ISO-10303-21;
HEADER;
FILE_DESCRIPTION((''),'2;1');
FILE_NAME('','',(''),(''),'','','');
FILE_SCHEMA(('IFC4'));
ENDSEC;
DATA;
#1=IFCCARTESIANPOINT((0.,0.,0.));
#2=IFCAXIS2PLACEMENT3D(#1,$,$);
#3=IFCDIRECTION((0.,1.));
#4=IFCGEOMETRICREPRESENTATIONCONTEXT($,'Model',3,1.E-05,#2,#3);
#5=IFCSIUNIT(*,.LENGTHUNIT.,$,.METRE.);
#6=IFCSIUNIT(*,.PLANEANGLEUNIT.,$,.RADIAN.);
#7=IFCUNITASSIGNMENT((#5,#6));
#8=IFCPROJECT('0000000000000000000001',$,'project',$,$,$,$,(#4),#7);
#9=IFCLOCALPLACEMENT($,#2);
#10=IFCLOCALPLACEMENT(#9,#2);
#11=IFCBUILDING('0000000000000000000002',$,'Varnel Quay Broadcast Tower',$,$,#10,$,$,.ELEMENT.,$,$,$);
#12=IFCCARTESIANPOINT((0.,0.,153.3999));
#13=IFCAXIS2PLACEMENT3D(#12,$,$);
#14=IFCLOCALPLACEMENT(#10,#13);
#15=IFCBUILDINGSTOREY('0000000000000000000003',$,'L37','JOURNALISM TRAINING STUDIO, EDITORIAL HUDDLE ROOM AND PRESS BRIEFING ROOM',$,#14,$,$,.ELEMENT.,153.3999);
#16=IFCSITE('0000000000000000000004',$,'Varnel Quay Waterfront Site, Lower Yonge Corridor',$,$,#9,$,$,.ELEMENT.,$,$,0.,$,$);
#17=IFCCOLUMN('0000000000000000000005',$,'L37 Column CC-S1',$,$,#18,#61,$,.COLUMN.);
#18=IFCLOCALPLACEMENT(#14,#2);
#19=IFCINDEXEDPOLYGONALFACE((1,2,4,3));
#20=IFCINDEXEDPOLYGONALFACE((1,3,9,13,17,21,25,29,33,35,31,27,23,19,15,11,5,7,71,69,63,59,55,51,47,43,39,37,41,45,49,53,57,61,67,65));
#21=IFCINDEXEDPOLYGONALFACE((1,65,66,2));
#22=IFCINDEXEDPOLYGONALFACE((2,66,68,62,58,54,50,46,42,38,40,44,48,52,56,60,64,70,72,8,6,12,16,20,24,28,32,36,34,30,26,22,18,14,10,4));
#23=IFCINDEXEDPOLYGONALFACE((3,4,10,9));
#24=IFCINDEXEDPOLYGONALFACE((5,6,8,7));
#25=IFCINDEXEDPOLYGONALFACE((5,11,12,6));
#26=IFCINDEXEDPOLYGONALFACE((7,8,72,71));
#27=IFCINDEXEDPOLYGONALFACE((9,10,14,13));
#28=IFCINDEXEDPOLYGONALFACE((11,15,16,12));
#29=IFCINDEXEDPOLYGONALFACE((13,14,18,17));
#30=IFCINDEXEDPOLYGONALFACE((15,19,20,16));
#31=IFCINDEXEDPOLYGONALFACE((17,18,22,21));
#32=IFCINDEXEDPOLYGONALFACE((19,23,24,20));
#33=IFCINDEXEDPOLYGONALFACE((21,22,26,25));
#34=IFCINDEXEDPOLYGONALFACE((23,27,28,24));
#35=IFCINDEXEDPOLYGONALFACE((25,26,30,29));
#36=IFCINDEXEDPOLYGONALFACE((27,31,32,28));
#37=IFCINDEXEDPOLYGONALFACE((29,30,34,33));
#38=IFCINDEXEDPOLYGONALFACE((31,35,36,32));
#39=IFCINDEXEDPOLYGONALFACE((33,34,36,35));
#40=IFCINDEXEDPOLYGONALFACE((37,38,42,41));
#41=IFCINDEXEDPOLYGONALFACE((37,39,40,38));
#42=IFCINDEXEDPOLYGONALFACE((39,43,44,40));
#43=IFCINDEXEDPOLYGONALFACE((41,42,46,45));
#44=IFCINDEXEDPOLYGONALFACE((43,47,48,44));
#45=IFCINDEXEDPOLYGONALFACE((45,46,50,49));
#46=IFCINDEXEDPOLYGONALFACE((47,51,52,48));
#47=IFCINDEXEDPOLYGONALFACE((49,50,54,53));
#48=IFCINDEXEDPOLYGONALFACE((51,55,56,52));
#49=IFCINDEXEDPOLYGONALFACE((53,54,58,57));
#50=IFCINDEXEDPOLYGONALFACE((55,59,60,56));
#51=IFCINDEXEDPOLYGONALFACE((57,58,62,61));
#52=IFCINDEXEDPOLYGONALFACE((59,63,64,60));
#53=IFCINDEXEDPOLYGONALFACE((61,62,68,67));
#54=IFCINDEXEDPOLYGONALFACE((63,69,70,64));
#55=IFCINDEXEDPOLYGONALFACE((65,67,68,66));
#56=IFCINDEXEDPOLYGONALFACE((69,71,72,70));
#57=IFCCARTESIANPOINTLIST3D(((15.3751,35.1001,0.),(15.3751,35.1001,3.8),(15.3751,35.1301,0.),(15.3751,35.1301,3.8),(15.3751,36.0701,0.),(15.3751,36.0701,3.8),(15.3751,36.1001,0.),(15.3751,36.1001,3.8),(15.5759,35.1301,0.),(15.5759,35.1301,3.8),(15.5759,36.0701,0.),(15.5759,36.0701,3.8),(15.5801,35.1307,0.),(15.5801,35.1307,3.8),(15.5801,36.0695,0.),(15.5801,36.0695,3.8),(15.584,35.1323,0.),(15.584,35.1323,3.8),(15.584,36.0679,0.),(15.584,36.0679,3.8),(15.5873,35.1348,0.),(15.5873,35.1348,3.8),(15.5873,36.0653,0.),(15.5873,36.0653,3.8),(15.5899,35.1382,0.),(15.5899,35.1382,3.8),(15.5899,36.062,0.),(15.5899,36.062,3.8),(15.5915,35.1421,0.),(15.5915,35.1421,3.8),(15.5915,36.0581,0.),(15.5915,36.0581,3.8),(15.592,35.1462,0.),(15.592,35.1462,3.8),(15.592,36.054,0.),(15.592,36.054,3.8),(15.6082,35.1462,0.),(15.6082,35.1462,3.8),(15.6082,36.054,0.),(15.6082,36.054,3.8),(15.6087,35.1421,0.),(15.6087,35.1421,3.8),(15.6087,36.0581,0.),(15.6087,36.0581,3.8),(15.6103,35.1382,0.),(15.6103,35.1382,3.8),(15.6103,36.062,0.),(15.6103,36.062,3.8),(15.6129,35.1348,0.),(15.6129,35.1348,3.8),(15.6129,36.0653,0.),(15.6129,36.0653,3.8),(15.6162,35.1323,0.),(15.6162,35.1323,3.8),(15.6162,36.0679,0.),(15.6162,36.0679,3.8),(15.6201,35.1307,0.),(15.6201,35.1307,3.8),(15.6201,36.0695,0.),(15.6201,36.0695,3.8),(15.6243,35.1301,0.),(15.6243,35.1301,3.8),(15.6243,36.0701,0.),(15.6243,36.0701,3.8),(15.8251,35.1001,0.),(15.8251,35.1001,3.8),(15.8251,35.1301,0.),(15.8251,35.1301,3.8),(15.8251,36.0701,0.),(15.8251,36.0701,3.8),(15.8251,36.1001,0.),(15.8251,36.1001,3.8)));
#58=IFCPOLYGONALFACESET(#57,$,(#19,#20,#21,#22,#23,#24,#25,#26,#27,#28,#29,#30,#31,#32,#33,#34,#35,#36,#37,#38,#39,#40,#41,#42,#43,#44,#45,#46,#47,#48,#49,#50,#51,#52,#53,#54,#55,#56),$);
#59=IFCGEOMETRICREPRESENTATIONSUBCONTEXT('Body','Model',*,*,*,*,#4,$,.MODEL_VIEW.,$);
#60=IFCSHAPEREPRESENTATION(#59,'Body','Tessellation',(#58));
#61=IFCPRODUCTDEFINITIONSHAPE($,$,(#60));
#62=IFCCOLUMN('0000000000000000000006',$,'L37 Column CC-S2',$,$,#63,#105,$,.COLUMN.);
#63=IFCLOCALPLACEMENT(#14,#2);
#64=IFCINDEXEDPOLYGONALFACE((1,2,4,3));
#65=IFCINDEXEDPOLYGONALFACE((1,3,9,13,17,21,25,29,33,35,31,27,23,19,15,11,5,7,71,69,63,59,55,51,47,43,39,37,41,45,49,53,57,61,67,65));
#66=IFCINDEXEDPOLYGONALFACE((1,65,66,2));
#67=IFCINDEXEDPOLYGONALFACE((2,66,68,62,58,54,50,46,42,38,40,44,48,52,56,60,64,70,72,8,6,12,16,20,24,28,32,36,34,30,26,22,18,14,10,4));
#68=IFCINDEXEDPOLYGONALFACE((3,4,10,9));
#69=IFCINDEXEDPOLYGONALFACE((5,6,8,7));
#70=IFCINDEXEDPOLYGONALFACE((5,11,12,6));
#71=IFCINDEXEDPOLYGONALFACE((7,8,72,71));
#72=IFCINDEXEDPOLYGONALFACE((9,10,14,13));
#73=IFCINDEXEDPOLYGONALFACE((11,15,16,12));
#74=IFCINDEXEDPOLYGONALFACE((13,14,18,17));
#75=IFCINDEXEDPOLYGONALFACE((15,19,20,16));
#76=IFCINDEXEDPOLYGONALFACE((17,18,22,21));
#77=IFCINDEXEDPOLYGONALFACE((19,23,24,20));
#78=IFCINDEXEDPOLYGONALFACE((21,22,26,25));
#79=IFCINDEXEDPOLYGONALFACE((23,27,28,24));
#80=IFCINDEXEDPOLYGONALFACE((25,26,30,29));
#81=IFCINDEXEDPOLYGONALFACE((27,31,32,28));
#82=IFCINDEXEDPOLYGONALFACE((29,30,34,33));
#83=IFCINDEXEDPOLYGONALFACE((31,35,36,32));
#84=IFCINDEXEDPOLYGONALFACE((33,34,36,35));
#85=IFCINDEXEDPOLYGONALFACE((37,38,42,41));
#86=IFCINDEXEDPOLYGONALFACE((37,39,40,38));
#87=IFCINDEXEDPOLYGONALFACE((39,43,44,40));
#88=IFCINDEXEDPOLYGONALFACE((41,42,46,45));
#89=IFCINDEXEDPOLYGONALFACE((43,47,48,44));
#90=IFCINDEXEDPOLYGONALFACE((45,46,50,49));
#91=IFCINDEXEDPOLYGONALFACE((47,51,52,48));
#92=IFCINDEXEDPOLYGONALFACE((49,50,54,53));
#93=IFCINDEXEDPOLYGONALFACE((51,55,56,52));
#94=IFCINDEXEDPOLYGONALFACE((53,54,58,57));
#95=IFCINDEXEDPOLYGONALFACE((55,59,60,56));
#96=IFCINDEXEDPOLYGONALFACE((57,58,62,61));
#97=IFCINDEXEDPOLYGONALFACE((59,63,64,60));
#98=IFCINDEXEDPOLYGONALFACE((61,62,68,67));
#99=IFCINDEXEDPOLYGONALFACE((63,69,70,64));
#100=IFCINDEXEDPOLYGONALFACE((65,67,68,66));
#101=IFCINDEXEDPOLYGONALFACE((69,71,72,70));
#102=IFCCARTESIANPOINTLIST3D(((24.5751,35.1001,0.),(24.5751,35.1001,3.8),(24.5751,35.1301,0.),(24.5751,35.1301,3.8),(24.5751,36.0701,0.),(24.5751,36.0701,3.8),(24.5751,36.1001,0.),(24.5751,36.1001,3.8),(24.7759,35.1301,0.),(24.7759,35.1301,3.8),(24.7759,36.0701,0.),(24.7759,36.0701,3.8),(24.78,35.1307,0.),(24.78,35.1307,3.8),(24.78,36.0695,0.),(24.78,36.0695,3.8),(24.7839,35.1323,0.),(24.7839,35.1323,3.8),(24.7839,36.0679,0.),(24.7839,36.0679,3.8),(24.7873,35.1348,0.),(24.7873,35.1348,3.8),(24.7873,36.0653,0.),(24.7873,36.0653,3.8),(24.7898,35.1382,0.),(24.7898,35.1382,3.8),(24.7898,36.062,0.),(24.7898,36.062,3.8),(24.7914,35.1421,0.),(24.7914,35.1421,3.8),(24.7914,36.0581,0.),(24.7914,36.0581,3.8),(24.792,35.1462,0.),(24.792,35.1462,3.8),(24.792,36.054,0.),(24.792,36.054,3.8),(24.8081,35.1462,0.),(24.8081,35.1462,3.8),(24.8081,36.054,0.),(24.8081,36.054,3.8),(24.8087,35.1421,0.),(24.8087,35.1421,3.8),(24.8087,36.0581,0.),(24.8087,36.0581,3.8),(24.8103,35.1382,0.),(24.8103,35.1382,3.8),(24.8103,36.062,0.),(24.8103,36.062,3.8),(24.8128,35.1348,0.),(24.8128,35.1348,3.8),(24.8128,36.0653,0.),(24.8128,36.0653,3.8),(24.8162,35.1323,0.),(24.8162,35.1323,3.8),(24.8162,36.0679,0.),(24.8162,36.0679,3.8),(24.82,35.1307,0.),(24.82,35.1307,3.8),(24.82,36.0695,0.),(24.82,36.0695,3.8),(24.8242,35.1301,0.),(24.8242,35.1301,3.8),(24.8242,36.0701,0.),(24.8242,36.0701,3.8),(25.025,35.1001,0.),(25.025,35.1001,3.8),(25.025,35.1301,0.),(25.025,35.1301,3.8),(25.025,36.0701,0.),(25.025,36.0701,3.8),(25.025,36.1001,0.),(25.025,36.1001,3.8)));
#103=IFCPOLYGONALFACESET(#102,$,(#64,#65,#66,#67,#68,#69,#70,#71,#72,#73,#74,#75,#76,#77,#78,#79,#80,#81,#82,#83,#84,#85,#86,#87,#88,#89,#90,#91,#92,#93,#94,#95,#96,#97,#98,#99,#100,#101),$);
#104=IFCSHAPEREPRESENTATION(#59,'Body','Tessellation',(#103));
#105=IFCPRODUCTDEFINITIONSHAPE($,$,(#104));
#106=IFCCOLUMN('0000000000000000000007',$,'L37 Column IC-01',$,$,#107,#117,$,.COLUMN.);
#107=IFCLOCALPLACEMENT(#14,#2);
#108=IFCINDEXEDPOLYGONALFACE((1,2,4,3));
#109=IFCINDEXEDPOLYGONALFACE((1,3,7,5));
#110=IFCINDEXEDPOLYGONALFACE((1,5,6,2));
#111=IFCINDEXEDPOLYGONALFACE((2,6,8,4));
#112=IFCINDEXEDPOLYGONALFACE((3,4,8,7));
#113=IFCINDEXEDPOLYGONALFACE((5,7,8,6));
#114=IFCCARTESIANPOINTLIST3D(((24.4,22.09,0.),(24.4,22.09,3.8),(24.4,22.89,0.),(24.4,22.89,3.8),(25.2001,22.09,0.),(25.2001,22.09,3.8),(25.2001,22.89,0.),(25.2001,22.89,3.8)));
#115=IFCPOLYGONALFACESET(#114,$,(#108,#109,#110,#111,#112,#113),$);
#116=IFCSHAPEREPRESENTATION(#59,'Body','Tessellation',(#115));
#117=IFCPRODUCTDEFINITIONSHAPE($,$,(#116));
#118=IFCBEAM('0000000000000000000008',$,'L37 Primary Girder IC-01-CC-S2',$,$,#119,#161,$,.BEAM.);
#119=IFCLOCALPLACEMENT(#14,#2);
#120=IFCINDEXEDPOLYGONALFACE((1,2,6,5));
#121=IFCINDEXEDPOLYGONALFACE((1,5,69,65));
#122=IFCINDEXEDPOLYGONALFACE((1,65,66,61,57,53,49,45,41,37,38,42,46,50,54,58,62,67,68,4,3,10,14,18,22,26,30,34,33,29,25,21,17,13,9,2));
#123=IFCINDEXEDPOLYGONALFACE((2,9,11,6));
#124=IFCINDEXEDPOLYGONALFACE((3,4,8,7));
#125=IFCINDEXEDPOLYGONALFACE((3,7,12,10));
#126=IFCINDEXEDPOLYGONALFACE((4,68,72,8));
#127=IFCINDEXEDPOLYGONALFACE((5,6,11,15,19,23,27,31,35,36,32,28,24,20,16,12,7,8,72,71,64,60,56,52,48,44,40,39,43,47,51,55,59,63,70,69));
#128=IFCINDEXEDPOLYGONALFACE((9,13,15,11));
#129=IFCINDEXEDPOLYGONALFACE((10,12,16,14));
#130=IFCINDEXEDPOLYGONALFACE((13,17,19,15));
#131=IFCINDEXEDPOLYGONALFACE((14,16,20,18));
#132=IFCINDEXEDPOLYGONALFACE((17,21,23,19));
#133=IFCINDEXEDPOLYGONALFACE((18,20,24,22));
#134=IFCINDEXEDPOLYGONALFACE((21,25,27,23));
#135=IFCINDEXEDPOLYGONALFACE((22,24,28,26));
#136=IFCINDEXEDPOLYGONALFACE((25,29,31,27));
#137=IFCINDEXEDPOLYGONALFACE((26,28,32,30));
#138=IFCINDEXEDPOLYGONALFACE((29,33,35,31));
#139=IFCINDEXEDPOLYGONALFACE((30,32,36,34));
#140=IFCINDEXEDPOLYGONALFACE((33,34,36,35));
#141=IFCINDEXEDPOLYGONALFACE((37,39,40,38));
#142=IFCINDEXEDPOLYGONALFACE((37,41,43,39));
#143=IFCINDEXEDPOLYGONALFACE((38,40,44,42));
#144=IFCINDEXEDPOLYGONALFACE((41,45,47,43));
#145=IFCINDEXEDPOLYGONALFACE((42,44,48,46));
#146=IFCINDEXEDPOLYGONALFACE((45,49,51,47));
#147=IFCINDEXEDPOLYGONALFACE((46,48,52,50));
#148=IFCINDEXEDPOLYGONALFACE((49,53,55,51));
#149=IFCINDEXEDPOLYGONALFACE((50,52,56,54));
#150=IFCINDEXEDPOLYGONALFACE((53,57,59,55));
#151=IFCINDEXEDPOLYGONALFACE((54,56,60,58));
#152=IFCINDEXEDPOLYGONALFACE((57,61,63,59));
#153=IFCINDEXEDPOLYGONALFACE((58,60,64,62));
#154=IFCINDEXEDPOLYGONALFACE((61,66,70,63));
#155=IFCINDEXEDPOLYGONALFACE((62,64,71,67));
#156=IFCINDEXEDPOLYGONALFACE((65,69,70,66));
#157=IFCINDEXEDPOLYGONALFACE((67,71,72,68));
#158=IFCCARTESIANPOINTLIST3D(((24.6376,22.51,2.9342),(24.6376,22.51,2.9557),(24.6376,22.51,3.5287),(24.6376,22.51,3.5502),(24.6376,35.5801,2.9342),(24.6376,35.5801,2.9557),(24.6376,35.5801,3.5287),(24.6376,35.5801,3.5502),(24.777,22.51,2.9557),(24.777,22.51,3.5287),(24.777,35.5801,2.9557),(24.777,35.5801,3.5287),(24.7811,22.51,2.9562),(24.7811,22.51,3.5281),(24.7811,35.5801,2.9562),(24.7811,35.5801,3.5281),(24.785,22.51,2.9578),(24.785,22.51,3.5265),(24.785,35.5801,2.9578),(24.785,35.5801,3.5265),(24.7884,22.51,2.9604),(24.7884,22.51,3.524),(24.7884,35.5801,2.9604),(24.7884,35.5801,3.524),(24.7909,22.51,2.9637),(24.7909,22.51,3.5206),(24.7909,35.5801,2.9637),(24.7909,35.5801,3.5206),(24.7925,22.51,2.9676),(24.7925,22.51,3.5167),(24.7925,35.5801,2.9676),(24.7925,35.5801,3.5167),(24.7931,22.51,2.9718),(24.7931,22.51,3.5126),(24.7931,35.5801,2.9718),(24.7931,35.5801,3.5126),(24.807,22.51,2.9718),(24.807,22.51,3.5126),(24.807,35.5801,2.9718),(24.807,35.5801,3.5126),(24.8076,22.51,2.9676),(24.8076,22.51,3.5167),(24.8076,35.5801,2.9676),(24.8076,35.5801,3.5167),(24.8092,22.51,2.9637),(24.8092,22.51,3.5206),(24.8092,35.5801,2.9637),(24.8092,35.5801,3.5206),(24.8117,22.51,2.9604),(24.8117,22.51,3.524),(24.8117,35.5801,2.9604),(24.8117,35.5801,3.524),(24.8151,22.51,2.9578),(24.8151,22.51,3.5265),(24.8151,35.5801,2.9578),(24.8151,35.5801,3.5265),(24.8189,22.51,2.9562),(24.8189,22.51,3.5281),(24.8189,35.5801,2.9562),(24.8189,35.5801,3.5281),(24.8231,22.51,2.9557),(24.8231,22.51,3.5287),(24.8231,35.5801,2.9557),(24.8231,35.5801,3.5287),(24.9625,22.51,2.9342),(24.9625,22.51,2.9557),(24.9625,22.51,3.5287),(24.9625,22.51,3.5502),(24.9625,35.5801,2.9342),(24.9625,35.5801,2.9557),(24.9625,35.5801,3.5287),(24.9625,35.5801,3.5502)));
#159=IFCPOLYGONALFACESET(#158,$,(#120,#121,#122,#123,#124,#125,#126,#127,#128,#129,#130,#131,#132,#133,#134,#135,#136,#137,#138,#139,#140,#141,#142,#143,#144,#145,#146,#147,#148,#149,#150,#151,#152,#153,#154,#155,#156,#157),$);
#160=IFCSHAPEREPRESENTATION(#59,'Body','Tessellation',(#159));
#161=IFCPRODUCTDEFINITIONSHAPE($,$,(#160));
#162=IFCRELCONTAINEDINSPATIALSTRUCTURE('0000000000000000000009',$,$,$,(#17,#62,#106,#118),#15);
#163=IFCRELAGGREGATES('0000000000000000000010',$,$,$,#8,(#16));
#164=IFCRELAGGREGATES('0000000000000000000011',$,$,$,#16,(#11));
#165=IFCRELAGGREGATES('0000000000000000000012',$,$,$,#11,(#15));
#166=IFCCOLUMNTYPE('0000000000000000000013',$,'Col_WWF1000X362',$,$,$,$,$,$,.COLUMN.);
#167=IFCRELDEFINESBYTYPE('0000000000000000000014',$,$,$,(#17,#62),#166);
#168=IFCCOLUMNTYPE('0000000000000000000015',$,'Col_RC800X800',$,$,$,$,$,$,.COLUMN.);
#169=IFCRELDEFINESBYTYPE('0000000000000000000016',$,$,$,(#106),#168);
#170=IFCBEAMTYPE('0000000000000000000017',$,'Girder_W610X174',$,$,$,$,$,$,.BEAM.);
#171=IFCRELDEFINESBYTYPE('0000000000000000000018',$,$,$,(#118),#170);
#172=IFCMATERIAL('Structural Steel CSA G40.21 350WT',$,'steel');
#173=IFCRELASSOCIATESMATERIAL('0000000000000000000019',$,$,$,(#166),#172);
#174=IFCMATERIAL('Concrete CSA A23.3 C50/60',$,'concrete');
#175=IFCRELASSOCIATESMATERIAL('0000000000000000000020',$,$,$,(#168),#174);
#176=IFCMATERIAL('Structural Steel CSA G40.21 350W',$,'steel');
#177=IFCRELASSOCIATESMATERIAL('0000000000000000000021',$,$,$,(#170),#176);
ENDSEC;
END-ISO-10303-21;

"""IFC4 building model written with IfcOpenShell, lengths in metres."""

from ifc_helpers import new_model, si_unit, direction, frame, origin, origin_2d, place, context, subcontext, project, spatial, rectangle, i_section, extrude, source, transform, mapped, material, material_profile, profile_set, type_object, type_shapes, element, save


model = new_model("IFC4")

# Units and contexts
model_context = context("Model", 3, precision=1e-05, world=origin(), true_north=direction((0.0, 1.0)))
body_context = subcontext(model_context, "Body", "Model", "MODEL_VIEW")
ifc_project = project(units=[si_unit("LENGTHUNIT", "METRE"), si_unit("PLANEANGLEUNIT", "RADIAN")], contexts=[model_context])

# Site, building, storey
site_placement = place(None, origin())
site = spatial("IfcSite", under=ifc_project, at=site_placement, Name="Varnel Quay Waterfront Site, Lower Yonge Corridor", CompositionType="ELEMENT", RefElevation=0.0)
building_placement = place(site_placement, origin())
building = spatial("IfcBuilding", under=site, at=building_placement, Name="Varnel Quay Broadcast Tower", CompositionType="ELEMENT")
storey_placement = place(building_placement, frame((0.0, 0.0, 153.3999)))
storey = spatial("IfcBuildingStorey", under=building, at=storey_placement, Name="L37", Description="JOURNALISM TRAINING STUDIO, EDITORIAL HUDDLE ROOM AND PRESS BRIEFING ROOM", CompositionType="ELEMENT", Elevation=153.3999)

# Columns
ifc_material_1 = material(Name="Structural Steel CSA G40.21 350WT", Category="steel")
ifc_material_profile_1 = material_profile(ifc_material_1, i_section(OverallWidth=0.45, OverallDepth=1.0, WebThickness=0.0161, FlangeThickness=0.03, FilletRadius=0.0161, at=origin_2d()), Name="WWF1000X362")
ifc_profile_set_1 = profile_set([ifc_material_profile_1], Name="Structural Steel CSA G40.21 350WT")
column_type_1 = type_object("IfcColumnType", Name="Col_WWF1000X362", PredefinedType="COLUMN", material=ifc_profile_set_1)
shared_shape_1 = source(origin(), body_context, "Body", "SweptSolid", [
    extrude(i_section(OverallWidth=0.45, OverallDepth=1.0, WebThickness=0.0161, FlangeThickness=0.03, FilletRadius=0.0161, at=origin_2d()), origin(), (0.0, 0.0, 1.0), 3.8),
])
type_shapes(column_type_1, [shared_shape_1])
for number, where, z_axis, x_axis, name in (
    (1, (15.6001, 35.6001, 0.0), (0.0, 0.0, 1.0), (1.0, 0.0, 0.0), "L37 Column CC-S1"),
    (2, (24.8, 35.6001, 0.0), (0.0, 0.0, 1.0), (1.0, 0.0, 0.0), "L37 Column CC-S2"),
):
    element("IfcColumn", number, at=place(storey_placement, frame(where, z_axis=z_axis, x_axis=x_axis)), inside=storey, type_object=column_type_1, Name=name, PredefinedType="COLUMN", context=body_context, shape_type="MappedRepresentation", body=[
        mapped(shared_shape_1, transform((0.0, 0.0, 0.0), x_axis=(1.0, 0.0, 0.0), y_axis=(0.0, 1.0, 0.0), z_axis=(0.0, 0.0, 1.0), scale=1.0)),
    ])
ifc_material_2 = material(Name="Concrete CSA A23.3 C50/60", Category="concrete")
ifc_material_profile_2 = material_profile(ifc_material_2, rectangle(XDim=0.8, YDim=0.8, at=origin_2d()), Name="RC800X800")
ifc_profile_set_2 = profile_set([ifc_material_profile_2], Name="Concrete CSA A23.3 C50/60")
column_type_2 = type_object("IfcColumnType", Name="Col_RC800X800", PredefinedType="COLUMN", material=ifc_profile_set_2)
shared_shape_2 = source(origin(), body_context, "Body", "SweptSolid", [
    extrude(rectangle(XDim=0.8, YDim=0.8, at=origin_2d()), origin(), (0.0, 0.0, 1.0), 3.8),
])
type_shapes(column_type_2, [shared_shape_2])
column_placement = place(storey_placement, frame((24.8, 22.49, 0.0), z_axis=(0.0, 0.0, 1.0), x_axis=(1.0, 0.0, 0.0)))
element("IfcColumn", 3, at=column_placement, inside=storey, type_object=column_type_2, Name="L37 Column IC-01", PredefinedType="COLUMN", context=body_context, shape_type="MappedRepresentation", body=[
    mapped(shared_shape_2, transform((0.0, 0.0, 0.0), x_axis=(1.0, 0.0, 0.0), y_axis=(0.0, 1.0, 0.0), z_axis=(0.0, 0.0, 1.0), scale=1.0)),
])

# Beam
ifc_material_3 = material(Name="Structural Steel CSA G40.21 350W", Category="steel")
ifc_material_profile_3 = material_profile(ifc_material_3, i_section(OverallWidth=0.325, OverallDepth=0.616, WebThickness=0.0139, FlangeThickness=0.0215, FilletRadius=0.0161, at=origin_2d()), Name="W610X174")
ifc_profile_set_3 = profile_set([ifc_material_profile_3], Name="Structural Steel CSA G40.21 350W")
beam_type_1 = type_object("IfcBeamType", Name="Girder_W610X174", PredefinedType="BEAM", material=ifc_profile_set_3)
shared_shape_3 = source(origin(), body_context, "Body", "SweptSolid", [
    extrude(i_section(OverallWidth=0.325, OverallDepth=0.616, WebThickness=0.0139, FlangeThickness=0.0215, FilletRadius=0.0161, at=origin_2d()), origin(), (0.0, 0.0, 1.0), 13.0701),
])
beam_1_placement = place(storey_placement, frame((24.8, 22.51, 3.2422), z_axis=(0.0, 1.0, 0.0), x_axis=(-1.0, 0.0, 0.0)))
element("IfcBeam", 4, at=beam_1_placement, inside=storey, type_object=beam_type_1, Name="L37 Primary Girder IC-01-CC-S2", PredefinedType="BEAM", context=body_context, shape_type="MappedRepresentation", body=[
    mapped(shared_shape_3, transform((0.0, 0.0, 0.0), x_axis=(1.0, 0.0, 0.0), y_axis=(0.0, 1.0, 0.0), z_axis=(0.0, 0.0, 1.0), scale=1.0)),
])

save(model, "model.ifc")
